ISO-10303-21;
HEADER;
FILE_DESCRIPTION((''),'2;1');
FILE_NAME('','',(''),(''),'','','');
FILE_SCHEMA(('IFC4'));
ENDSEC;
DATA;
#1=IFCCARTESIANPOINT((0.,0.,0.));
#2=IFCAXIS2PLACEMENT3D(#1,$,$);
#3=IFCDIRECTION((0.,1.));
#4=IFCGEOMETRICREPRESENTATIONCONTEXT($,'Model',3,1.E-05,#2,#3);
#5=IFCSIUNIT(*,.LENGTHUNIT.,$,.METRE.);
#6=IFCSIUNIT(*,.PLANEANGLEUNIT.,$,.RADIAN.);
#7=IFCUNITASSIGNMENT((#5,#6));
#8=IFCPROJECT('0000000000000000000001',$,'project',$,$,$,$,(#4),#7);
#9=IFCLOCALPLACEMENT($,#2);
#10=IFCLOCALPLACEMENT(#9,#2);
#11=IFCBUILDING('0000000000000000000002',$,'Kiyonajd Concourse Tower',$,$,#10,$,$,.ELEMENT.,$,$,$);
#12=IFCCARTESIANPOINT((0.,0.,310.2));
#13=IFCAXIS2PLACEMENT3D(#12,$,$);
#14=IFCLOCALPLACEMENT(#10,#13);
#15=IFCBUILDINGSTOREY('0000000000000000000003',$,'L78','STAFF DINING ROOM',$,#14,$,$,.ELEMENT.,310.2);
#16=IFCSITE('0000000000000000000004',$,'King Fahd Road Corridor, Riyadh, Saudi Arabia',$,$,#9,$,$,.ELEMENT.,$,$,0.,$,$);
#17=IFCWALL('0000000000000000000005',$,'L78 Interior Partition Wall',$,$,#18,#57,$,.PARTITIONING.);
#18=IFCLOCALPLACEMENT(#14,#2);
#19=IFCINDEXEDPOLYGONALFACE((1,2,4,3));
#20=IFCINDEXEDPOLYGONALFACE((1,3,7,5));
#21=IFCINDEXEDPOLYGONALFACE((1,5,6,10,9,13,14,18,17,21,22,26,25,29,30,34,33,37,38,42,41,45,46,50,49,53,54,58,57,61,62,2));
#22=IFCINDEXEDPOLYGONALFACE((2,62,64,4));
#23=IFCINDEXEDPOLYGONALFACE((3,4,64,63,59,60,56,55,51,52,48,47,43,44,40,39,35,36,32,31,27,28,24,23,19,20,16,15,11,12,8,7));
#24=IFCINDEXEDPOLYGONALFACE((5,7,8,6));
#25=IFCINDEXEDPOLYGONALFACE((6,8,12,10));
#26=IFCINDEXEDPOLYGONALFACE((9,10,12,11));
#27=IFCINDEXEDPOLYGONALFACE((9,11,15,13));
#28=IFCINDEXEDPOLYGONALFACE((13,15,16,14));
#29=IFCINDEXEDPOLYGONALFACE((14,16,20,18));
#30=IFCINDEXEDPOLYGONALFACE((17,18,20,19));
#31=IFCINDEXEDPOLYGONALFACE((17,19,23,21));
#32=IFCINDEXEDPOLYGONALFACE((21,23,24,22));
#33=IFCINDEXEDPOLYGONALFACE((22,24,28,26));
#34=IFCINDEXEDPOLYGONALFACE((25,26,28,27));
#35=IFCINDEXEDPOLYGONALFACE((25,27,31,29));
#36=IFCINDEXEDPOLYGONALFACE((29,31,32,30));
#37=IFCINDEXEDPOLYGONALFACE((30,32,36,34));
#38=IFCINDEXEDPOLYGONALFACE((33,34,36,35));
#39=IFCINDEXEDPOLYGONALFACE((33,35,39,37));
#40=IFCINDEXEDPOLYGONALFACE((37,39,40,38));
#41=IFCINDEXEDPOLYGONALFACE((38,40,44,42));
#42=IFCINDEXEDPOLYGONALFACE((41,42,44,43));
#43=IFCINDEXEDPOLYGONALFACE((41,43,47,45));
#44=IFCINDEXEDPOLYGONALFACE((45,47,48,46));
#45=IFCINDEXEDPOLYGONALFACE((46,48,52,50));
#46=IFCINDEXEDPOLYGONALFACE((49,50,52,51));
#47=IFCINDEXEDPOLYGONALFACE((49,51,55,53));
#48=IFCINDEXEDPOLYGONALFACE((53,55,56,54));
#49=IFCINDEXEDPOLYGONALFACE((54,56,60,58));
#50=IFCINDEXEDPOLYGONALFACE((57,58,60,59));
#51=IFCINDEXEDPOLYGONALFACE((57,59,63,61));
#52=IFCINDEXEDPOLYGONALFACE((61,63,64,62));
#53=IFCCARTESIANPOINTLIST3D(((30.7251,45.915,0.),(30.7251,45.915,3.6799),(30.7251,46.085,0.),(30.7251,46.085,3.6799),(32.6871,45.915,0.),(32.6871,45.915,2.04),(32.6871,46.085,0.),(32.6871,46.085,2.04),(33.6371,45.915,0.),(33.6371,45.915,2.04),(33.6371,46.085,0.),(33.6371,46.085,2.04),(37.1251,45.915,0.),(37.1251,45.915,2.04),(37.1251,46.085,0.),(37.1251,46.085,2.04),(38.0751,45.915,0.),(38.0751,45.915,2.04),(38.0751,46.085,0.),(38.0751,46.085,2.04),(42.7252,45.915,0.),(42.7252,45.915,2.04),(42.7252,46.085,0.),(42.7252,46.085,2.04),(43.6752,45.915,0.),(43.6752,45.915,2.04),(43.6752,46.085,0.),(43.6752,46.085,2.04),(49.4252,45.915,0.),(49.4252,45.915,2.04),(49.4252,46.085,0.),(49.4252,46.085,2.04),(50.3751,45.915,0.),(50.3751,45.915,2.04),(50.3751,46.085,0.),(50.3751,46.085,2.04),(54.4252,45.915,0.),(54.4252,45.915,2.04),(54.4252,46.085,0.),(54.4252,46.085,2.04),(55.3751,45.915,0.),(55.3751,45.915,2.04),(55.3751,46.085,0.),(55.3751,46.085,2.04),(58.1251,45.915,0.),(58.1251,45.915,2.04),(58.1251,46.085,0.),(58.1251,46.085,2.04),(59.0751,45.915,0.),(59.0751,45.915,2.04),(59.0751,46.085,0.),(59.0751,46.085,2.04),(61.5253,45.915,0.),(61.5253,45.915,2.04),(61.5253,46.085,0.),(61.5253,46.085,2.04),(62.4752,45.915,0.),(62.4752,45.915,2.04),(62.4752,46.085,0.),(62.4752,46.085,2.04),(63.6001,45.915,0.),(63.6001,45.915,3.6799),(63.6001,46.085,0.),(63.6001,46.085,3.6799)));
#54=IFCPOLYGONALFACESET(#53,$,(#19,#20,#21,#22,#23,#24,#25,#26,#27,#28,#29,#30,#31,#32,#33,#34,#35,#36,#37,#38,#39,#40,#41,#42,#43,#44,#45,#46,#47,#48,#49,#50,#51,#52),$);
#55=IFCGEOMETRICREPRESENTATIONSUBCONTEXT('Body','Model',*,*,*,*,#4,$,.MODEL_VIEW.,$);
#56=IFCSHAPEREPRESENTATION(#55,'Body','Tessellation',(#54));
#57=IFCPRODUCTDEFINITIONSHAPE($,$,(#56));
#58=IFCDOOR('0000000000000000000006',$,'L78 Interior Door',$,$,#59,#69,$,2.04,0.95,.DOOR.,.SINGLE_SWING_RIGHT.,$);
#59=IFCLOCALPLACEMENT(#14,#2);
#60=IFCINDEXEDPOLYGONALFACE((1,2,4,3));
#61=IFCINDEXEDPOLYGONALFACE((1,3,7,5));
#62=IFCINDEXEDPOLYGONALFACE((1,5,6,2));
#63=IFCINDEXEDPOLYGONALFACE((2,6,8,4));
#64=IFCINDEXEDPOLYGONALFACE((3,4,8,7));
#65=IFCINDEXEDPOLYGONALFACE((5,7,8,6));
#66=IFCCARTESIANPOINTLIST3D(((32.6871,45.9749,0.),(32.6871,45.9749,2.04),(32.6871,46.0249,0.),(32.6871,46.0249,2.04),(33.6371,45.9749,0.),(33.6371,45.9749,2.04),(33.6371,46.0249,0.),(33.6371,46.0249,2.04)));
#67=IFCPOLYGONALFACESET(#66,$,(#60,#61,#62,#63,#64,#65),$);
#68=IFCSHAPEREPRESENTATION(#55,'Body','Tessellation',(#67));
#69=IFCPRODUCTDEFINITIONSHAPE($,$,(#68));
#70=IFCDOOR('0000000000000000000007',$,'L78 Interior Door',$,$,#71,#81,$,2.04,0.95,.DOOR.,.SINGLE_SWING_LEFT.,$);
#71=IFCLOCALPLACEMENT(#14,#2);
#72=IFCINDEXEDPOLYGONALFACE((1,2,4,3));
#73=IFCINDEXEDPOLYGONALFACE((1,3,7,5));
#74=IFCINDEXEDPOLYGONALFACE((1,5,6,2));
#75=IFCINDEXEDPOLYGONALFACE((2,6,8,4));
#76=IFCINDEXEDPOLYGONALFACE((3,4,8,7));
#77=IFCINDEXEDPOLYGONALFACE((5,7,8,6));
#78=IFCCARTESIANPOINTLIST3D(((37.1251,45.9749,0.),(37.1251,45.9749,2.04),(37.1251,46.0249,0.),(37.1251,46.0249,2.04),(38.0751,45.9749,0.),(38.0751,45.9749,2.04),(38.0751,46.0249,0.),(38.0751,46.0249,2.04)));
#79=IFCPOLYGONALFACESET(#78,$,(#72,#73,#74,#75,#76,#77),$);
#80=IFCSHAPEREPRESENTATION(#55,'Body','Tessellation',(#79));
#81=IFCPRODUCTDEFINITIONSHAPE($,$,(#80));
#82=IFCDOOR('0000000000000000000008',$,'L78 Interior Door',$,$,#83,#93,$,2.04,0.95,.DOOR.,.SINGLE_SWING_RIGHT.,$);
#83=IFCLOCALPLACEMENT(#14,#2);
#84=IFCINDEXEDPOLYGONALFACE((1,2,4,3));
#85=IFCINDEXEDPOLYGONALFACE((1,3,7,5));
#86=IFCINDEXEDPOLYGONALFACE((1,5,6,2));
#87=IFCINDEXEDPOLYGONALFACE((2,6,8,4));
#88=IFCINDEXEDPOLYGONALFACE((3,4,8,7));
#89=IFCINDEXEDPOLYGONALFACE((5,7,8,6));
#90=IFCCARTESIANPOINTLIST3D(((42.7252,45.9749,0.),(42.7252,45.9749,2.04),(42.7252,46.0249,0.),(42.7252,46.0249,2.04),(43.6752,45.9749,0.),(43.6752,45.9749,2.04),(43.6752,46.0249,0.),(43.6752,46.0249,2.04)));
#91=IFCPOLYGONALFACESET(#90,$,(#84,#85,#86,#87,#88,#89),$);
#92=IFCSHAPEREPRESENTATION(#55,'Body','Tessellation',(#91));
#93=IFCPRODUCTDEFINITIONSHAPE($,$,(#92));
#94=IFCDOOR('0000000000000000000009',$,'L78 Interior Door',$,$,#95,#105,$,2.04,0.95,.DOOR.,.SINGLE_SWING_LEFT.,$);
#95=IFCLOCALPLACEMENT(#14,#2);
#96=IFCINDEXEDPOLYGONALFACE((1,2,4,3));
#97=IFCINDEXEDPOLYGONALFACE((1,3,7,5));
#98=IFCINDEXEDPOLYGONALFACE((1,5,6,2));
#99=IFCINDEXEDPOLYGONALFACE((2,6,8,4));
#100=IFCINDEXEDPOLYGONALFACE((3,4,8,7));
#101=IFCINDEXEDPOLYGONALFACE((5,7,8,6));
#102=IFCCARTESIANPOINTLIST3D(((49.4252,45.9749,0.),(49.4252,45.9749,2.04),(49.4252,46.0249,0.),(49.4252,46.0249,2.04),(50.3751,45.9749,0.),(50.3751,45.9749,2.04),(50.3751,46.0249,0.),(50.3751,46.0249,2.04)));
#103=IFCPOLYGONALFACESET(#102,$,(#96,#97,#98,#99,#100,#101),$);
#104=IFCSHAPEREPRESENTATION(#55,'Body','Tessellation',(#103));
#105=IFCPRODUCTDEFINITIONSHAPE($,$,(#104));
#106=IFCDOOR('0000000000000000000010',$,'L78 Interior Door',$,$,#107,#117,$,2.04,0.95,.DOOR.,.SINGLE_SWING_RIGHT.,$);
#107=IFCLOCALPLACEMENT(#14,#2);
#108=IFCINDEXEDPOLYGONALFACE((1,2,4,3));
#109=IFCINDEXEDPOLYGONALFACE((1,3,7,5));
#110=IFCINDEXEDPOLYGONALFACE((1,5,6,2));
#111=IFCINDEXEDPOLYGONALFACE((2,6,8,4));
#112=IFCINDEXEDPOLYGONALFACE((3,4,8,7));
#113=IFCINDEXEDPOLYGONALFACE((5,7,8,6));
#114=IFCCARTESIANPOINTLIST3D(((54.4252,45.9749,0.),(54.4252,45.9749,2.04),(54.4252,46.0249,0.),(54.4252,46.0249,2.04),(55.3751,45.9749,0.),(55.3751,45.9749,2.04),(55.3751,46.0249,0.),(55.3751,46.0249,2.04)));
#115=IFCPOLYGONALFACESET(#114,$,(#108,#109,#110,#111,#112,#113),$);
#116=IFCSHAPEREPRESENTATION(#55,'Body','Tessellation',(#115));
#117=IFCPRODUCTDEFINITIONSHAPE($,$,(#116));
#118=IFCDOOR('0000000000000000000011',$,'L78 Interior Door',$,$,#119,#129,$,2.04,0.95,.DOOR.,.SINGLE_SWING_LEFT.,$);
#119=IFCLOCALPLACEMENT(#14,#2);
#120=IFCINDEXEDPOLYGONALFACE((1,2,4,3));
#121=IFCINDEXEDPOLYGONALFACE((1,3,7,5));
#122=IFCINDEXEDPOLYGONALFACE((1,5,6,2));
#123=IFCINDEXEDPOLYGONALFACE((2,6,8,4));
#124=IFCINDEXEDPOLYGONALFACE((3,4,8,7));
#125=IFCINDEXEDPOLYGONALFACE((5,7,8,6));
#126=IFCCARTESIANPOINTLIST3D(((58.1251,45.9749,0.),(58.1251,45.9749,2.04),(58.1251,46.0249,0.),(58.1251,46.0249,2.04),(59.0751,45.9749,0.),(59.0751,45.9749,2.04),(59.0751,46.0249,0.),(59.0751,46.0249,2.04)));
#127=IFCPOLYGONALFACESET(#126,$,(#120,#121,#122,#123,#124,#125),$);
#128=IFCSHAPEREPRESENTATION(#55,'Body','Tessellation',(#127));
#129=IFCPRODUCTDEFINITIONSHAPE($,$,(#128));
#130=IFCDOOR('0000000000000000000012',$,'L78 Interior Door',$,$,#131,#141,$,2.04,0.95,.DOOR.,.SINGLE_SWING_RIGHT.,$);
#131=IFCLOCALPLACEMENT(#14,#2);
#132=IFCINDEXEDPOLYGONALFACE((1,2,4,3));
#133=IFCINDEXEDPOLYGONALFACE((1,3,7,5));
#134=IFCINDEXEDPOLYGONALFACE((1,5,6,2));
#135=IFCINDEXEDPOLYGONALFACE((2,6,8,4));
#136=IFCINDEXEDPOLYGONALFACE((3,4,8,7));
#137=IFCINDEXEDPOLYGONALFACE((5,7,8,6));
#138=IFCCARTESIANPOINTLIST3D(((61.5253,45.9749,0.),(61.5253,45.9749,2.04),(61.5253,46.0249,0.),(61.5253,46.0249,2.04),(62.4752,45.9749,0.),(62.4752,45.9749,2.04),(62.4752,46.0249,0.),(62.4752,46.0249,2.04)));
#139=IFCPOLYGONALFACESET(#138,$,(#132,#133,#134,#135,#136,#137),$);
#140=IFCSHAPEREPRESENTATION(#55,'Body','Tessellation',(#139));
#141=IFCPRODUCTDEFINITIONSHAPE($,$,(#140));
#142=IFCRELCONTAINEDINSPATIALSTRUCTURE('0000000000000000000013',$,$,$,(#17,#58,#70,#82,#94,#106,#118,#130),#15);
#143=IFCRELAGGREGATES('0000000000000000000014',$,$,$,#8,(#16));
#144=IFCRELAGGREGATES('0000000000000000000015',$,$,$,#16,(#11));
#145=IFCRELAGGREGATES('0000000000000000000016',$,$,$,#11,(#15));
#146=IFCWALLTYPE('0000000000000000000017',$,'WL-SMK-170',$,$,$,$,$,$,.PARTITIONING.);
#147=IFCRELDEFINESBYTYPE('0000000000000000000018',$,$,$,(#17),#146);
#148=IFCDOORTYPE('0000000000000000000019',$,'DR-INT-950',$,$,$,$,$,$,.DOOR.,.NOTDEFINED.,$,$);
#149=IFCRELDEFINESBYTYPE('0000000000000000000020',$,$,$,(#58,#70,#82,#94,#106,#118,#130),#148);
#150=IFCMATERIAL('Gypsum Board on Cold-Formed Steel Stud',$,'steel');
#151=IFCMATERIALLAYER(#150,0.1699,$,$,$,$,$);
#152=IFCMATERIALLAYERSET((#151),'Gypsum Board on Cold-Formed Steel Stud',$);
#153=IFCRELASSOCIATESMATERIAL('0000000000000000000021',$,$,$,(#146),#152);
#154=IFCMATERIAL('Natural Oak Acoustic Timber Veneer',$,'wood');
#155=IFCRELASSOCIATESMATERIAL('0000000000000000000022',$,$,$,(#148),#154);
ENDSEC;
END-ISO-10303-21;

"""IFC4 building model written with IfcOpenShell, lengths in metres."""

from ifc_helpers import new_model, si_unit, direction, frame, frame_2d, origin, place, context, subcontext, project, spatial, rectangle, extrude, material, layer, layer_set, type_object, element, fill, save


model = new_model("IFC4")

# Units and contexts
model_context = context("Model", 3, precision=1e-05, world=origin(), true_north=direction((0.0, 1.0)))
body_context = subcontext(model_context, "Body", "Model", "MODEL_VIEW")
ifc_project = project(units=[si_unit("LENGTHUNIT", "METRE"), si_unit("PLANEANGLEUNIT", "RADIAN")], contexts=[model_context])

# Site, building, storey
site_placement = place(None, origin())
site = spatial("IfcSite", under=ifc_project, at=site_placement, Name="King Fahd Road Corridor, Riyadh, Saudi Arabia", CompositionType="ELEMENT", RefElevation=0.0)
building_placement = place(site_placement, origin())
building = spatial("IfcBuilding", under=site, at=building_placement, Name="Kiyonajd Concourse Tower", CompositionType="ELEMENT")
storey_placement = place(building_placement, frame((0.0, 0.0, 310.2)))
storey = spatial("IfcBuildingStorey", under=building, at=storey_placement, Name="L78", Description="STAFF DINING ROOM", CompositionType="ELEMENT", Elevation=310.2)

# Wall, openings, doors
ifc_material_1 = material(Name="Gypsum Board on Cold-Formed Steel Stud", Category="steel")
ifc_layer_1 = layer(ifc_material_1, 0.1699)
ifc_layer_set_1 = layer_set([ifc_layer_1], Name="Gypsum Board on Cold-Formed Steel Stud")
wall_type_1 = type_object("IfcWallType", Name="WL-SMK-170", PredefinedType="PARTITIONING", material=ifc_layer_set_1)
wall_1_placement = place(storey_placement, frame((30.7251, 46.0, 0.0), z_axis=(0.0, 0.0, 1.0), x_axis=(1.0, 0.0, 0.0)))
wall_1 = element("IfcWall", 1, at=wall_1_placement, inside=storey, type_object=wall_type_1, Name="L78 Interior Partition Wall", PredefinedType="PARTITIONING", context=body_context, shape_type="SweptSolid", body=[
    extrude(rectangle(XDim=32.875, YDim=0.1699, at=frame_2d((16.4375, 0.0))), origin(), (0.0, 0.0, 1.0), 3.6799),
])
opening_1_placement = place(wall_1_placement, frame((1.9619, 0.0, 0.0)))
opening_1 = element("IfcOpeningElement", 2, at=opening_1_placement, cuts=wall_1, PredefinedType="OPENING", context=body_context, shape_type="SweptSolid", body=[
    extrude(rectangle(XDim=0.95, YDim=2.04, at=frame_2d((0.4751, 1.02))), frame((0.0, 0.095, 0.0), z_axis=(0.0, -1.0, 0.0), x_axis=(1.0, 0.0, 0.0)), (0.0, 0.0, 1.0), 0.1899),
])
opening_2_placement = place(wall_1_placement, frame((6.3999, 0.0, 0.0)))
opening_2 = element("IfcOpeningElement", 3, at=opening_2_placement, cuts=wall_1, PredefinedType="OPENING", context=body_context, shape_type="SweptSolid", body=[
    extrude(rectangle(XDim=0.95, YDim=2.04, at=frame_2d((0.4751, 1.02))), frame((0.0, 0.095, 0.0), z_axis=(0.0, -1.0, 0.0), x_axis=(1.0, 0.0, 0.0)), (0.0, 0.0, 1.0), 0.1899),
])
opening_3_placement = place(wall_1_placement, frame((12.0, 0.0, 0.0)))
opening_3 = element("IfcOpeningElement", 4, at=opening_3_placement, cuts=wall_1, PredefinedType="OPENING", context=body_context, shape_type="SweptSolid", body=[
    extrude(rectangle(XDim=0.95, YDim=2.04, at=frame_2d((0.4751, 1.02))), frame((0.0, 0.095, 0.0), z_axis=(0.0, -1.0, 0.0), x_axis=(1.0, 0.0, 0.0)), (0.0, 0.0, 1.0), 0.1899),
])
opening_4_placement = place(wall_1_placement, frame((18.7, 0.0, 0.0)))
opening_4 = element("IfcOpeningElement", 5, at=opening_4_placement, cuts=wall_1, PredefinedType="OPENING", context=body_context, shape_type="SweptSolid", body=[
    extrude(rectangle(XDim=0.95, YDim=2.04, at=frame_2d((0.4751, 1.02))), frame((0.0, 0.095, 0.0), z_axis=(0.0, -1.0, 0.0), x_axis=(1.0, 0.0, 0.0)), (0.0, 0.0, 1.0), 0.1899),
])
opening_5_placement = place(wall_1_placement, frame((23.7, 0.0, 0.0)))
opening_5 = element("IfcOpeningElement", 6, at=opening_5_placement, cuts=wall_1, PredefinedType="OPENING", context=body_context, shape_type="SweptSolid", body=[
    extrude(rectangle(XDim=0.95, YDim=2.04, at=frame_2d((0.4751, 1.02))), frame((0.0, 0.095, 0.0), z_axis=(0.0, -1.0, 0.0), x_axis=(1.0, 0.0, 0.0)), (0.0, 0.0, 1.0), 0.1899),
])
opening_6_placement = place(wall_1_placement, frame((27.3999, 0.0, 0.0)))
opening_6 = element("IfcOpeningElement", 7, at=opening_6_placement, cuts=wall_1, PredefinedType="OPENING", context=body_context, shape_type="SweptSolid", body=[
    extrude(rectangle(XDim=0.95, YDim=2.04, at=frame_2d((0.4751, 1.02))), frame((0.0, 0.095, 0.0), z_axis=(0.0, -1.0, 0.0), x_axis=(1.0, 0.0, 0.0)), (0.0, 0.0, 1.0), 0.1899),
])
opening_7_placement = place(wall_1_placement, frame((30.8, 0.0, 0.0)))
opening_7 = element("IfcOpeningElement", 8, at=opening_7_placement, cuts=wall_1, PredefinedType="OPENING", context=body_context, shape_type="SweptSolid", body=[
    extrude(rectangle(XDim=0.95, YDim=2.04, at=frame_2d((0.4751, 1.02))), frame((0.0, 0.095, 0.0), z_axis=(0.0, -1.0, 0.0), x_axis=(1.0, 0.0, 0.0)), (0.0, 0.0, 1.0), 0.1899),
])
ifc_material_2 = material(Name="Natural Oak Acoustic Timber Veneer", Category="wood")
door_type = type_object("IfcDoorType", Name="DR-INT-950", OperationType="NOTDEFINED", PredefinedType="DOOR", material=ifc_material_2)
door_1_placement = place(opening_1_placement, origin())
door_1 = element("IfcDoor", 9, at=door_1_placement, inside=storey, type_object=door_type, Name="L78 Interior Door", OperationType="SINGLE_SWING_RIGHT", OverallHeight=2.04, OverallWidth=0.95, PredefinedType="DOOR", context=body_context, shape_type="SweptSolid", body=[
    extrude(rectangle(XDim=0.95, YDim=2.04, at=frame_2d((0.4751, 1.02))), frame((0.0, 0.0249, 0.0), z_axis=(0.0, -1.0, 0.0), x_axis=(1.0, 0.0, 0.0)), (0.0, 0.0, 1.0), 0.05),
])
fill(opening_1, door_1)
door_2_placement = place(opening_2_placement, origin())
door_2 = element("IfcDoor", 10, at=door_2_placement, inside=storey, type_object=door_type, Name="L78 Interior Door", OperationType="SINGLE_SWING_LEFT", OverallHeight=2.04, OverallWidth=0.95, PredefinedType="DOOR", context=body_context, shape_type="SweptSolid", body=[
    extrude(rectangle(XDim=0.95, YDim=2.04, at=frame_2d((0.4751, 1.02))), frame((0.0, 0.0249, 0.0), z_axis=(0.0, -1.0, 0.0), x_axis=(1.0, 0.0, 0.0)), (0.0, 0.0, 1.0), 0.05),
])
fill(opening_2, door_2)
door_3_placement = place(opening_3_placement, origin())
door_3 = element("IfcDoor", 11, at=door_3_placement, inside=storey, type_object=door_type, Name="L78 Interior Door", OperationType="SINGLE_SWING_RIGHT", OverallHeight=2.04, OverallWidth=0.95, PredefinedType="DOOR", context=body_context, shape_type="SweptSolid", body=[
    extrude(rectangle(XDim=0.95, YDim=2.04, at=frame_2d((0.4751, 1.02))), frame((0.0, 0.0249, 0.0), z_axis=(0.0, -1.0, 0.0), x_axis=(1.0, 0.0, 0.0)), (0.0, 0.0, 1.0), 0.05),
])
fill(opening_3, door_3)
door_4_placement = place(opening_4_placement, origin())
door_4 = element("IfcDoor", 12, at=door_4_placement, inside=storey, type_object=door_type, Name="L78 Interior Door", OperationType="SINGLE_SWING_LEFT", OverallHeight=2.04, OverallWidth=0.95, PredefinedType="DOOR", context=body_context, shape_type="SweptSolid", body=[
    extrude(rectangle(XDim=0.95, YDim=2.04, at=frame_2d((0.4751, 1.02))), frame((0.0, 0.0249, 0.0), z_axis=(0.0, -1.0, 0.0), x_axis=(1.0, 0.0, 0.0)), (0.0, 0.0, 1.0), 0.05),
])
fill(opening_4, door_4)
door_5_placement = place(opening_5_placement, origin())
door_5 = element("IfcDoor", 13, at=door_5_placement, inside=storey, type_object=door_type, Name="L78 Interior Door", OperationType="SINGLE_SWING_RIGHT", OverallHeight=2.04, OverallWidth=0.95, PredefinedType="DOOR", context=body_context, shape_type="SweptSolid", body=[
    extrude(rectangle(XDim=0.95, YDim=2.04, at=frame_2d((0.4751, 1.02))), frame((0.0, 0.0249, 0.0), z_axis=(0.0, -1.0, 0.0), x_axis=(1.0, 0.0, 0.0)), (0.0, 0.0, 1.0), 0.05),
])
fill(opening_5, door_5)
door_6_placement = place(opening_6_placement, origin())
door_6 = element("IfcDoor", 14, at=door_6_placement, inside=storey, type_object=door_type, Name="L78 Interior Door", OperationType="SINGLE_SWING_LEFT", OverallHeight=2.04, OverallWidth=0.95, PredefinedType="DOOR", context=body_context, shape_type="SweptSolid", body=[
    extrude(rectangle(XDim=0.95, YDim=2.04, at=frame_2d((0.4751, 1.02))), frame((0.0, 0.0249, 0.0), z_axis=(0.0, -1.0, 0.0), x_axis=(1.0, 0.0, 0.0)), (0.0, 0.0, 1.0), 0.05),
])
fill(opening_6, door_6)
door_7_placement = place(opening_7_placement, origin())
door_7 = element("IfcDoor", 15, at=door_7_placement, inside=storey, type_object=door_type, Name="L78 Interior Door", OperationType="SINGLE_SWING_RIGHT", OverallHeight=2.04, OverallWidth=0.95, PredefinedType="DOOR", context=body_context, shape_type="SweptSolid", body=[
    extrude(rectangle(XDim=0.95, YDim=2.04, at=frame_2d((0.4751, 1.02))), frame((0.0, 0.0249, 0.0), z_axis=(0.0, -1.0, 0.0), x_axis=(1.0, 0.0, 0.0)), (0.0, 0.0, 1.0), 0.05),
])
fill(opening_7, door_7)

save(model, "model.ifc")
